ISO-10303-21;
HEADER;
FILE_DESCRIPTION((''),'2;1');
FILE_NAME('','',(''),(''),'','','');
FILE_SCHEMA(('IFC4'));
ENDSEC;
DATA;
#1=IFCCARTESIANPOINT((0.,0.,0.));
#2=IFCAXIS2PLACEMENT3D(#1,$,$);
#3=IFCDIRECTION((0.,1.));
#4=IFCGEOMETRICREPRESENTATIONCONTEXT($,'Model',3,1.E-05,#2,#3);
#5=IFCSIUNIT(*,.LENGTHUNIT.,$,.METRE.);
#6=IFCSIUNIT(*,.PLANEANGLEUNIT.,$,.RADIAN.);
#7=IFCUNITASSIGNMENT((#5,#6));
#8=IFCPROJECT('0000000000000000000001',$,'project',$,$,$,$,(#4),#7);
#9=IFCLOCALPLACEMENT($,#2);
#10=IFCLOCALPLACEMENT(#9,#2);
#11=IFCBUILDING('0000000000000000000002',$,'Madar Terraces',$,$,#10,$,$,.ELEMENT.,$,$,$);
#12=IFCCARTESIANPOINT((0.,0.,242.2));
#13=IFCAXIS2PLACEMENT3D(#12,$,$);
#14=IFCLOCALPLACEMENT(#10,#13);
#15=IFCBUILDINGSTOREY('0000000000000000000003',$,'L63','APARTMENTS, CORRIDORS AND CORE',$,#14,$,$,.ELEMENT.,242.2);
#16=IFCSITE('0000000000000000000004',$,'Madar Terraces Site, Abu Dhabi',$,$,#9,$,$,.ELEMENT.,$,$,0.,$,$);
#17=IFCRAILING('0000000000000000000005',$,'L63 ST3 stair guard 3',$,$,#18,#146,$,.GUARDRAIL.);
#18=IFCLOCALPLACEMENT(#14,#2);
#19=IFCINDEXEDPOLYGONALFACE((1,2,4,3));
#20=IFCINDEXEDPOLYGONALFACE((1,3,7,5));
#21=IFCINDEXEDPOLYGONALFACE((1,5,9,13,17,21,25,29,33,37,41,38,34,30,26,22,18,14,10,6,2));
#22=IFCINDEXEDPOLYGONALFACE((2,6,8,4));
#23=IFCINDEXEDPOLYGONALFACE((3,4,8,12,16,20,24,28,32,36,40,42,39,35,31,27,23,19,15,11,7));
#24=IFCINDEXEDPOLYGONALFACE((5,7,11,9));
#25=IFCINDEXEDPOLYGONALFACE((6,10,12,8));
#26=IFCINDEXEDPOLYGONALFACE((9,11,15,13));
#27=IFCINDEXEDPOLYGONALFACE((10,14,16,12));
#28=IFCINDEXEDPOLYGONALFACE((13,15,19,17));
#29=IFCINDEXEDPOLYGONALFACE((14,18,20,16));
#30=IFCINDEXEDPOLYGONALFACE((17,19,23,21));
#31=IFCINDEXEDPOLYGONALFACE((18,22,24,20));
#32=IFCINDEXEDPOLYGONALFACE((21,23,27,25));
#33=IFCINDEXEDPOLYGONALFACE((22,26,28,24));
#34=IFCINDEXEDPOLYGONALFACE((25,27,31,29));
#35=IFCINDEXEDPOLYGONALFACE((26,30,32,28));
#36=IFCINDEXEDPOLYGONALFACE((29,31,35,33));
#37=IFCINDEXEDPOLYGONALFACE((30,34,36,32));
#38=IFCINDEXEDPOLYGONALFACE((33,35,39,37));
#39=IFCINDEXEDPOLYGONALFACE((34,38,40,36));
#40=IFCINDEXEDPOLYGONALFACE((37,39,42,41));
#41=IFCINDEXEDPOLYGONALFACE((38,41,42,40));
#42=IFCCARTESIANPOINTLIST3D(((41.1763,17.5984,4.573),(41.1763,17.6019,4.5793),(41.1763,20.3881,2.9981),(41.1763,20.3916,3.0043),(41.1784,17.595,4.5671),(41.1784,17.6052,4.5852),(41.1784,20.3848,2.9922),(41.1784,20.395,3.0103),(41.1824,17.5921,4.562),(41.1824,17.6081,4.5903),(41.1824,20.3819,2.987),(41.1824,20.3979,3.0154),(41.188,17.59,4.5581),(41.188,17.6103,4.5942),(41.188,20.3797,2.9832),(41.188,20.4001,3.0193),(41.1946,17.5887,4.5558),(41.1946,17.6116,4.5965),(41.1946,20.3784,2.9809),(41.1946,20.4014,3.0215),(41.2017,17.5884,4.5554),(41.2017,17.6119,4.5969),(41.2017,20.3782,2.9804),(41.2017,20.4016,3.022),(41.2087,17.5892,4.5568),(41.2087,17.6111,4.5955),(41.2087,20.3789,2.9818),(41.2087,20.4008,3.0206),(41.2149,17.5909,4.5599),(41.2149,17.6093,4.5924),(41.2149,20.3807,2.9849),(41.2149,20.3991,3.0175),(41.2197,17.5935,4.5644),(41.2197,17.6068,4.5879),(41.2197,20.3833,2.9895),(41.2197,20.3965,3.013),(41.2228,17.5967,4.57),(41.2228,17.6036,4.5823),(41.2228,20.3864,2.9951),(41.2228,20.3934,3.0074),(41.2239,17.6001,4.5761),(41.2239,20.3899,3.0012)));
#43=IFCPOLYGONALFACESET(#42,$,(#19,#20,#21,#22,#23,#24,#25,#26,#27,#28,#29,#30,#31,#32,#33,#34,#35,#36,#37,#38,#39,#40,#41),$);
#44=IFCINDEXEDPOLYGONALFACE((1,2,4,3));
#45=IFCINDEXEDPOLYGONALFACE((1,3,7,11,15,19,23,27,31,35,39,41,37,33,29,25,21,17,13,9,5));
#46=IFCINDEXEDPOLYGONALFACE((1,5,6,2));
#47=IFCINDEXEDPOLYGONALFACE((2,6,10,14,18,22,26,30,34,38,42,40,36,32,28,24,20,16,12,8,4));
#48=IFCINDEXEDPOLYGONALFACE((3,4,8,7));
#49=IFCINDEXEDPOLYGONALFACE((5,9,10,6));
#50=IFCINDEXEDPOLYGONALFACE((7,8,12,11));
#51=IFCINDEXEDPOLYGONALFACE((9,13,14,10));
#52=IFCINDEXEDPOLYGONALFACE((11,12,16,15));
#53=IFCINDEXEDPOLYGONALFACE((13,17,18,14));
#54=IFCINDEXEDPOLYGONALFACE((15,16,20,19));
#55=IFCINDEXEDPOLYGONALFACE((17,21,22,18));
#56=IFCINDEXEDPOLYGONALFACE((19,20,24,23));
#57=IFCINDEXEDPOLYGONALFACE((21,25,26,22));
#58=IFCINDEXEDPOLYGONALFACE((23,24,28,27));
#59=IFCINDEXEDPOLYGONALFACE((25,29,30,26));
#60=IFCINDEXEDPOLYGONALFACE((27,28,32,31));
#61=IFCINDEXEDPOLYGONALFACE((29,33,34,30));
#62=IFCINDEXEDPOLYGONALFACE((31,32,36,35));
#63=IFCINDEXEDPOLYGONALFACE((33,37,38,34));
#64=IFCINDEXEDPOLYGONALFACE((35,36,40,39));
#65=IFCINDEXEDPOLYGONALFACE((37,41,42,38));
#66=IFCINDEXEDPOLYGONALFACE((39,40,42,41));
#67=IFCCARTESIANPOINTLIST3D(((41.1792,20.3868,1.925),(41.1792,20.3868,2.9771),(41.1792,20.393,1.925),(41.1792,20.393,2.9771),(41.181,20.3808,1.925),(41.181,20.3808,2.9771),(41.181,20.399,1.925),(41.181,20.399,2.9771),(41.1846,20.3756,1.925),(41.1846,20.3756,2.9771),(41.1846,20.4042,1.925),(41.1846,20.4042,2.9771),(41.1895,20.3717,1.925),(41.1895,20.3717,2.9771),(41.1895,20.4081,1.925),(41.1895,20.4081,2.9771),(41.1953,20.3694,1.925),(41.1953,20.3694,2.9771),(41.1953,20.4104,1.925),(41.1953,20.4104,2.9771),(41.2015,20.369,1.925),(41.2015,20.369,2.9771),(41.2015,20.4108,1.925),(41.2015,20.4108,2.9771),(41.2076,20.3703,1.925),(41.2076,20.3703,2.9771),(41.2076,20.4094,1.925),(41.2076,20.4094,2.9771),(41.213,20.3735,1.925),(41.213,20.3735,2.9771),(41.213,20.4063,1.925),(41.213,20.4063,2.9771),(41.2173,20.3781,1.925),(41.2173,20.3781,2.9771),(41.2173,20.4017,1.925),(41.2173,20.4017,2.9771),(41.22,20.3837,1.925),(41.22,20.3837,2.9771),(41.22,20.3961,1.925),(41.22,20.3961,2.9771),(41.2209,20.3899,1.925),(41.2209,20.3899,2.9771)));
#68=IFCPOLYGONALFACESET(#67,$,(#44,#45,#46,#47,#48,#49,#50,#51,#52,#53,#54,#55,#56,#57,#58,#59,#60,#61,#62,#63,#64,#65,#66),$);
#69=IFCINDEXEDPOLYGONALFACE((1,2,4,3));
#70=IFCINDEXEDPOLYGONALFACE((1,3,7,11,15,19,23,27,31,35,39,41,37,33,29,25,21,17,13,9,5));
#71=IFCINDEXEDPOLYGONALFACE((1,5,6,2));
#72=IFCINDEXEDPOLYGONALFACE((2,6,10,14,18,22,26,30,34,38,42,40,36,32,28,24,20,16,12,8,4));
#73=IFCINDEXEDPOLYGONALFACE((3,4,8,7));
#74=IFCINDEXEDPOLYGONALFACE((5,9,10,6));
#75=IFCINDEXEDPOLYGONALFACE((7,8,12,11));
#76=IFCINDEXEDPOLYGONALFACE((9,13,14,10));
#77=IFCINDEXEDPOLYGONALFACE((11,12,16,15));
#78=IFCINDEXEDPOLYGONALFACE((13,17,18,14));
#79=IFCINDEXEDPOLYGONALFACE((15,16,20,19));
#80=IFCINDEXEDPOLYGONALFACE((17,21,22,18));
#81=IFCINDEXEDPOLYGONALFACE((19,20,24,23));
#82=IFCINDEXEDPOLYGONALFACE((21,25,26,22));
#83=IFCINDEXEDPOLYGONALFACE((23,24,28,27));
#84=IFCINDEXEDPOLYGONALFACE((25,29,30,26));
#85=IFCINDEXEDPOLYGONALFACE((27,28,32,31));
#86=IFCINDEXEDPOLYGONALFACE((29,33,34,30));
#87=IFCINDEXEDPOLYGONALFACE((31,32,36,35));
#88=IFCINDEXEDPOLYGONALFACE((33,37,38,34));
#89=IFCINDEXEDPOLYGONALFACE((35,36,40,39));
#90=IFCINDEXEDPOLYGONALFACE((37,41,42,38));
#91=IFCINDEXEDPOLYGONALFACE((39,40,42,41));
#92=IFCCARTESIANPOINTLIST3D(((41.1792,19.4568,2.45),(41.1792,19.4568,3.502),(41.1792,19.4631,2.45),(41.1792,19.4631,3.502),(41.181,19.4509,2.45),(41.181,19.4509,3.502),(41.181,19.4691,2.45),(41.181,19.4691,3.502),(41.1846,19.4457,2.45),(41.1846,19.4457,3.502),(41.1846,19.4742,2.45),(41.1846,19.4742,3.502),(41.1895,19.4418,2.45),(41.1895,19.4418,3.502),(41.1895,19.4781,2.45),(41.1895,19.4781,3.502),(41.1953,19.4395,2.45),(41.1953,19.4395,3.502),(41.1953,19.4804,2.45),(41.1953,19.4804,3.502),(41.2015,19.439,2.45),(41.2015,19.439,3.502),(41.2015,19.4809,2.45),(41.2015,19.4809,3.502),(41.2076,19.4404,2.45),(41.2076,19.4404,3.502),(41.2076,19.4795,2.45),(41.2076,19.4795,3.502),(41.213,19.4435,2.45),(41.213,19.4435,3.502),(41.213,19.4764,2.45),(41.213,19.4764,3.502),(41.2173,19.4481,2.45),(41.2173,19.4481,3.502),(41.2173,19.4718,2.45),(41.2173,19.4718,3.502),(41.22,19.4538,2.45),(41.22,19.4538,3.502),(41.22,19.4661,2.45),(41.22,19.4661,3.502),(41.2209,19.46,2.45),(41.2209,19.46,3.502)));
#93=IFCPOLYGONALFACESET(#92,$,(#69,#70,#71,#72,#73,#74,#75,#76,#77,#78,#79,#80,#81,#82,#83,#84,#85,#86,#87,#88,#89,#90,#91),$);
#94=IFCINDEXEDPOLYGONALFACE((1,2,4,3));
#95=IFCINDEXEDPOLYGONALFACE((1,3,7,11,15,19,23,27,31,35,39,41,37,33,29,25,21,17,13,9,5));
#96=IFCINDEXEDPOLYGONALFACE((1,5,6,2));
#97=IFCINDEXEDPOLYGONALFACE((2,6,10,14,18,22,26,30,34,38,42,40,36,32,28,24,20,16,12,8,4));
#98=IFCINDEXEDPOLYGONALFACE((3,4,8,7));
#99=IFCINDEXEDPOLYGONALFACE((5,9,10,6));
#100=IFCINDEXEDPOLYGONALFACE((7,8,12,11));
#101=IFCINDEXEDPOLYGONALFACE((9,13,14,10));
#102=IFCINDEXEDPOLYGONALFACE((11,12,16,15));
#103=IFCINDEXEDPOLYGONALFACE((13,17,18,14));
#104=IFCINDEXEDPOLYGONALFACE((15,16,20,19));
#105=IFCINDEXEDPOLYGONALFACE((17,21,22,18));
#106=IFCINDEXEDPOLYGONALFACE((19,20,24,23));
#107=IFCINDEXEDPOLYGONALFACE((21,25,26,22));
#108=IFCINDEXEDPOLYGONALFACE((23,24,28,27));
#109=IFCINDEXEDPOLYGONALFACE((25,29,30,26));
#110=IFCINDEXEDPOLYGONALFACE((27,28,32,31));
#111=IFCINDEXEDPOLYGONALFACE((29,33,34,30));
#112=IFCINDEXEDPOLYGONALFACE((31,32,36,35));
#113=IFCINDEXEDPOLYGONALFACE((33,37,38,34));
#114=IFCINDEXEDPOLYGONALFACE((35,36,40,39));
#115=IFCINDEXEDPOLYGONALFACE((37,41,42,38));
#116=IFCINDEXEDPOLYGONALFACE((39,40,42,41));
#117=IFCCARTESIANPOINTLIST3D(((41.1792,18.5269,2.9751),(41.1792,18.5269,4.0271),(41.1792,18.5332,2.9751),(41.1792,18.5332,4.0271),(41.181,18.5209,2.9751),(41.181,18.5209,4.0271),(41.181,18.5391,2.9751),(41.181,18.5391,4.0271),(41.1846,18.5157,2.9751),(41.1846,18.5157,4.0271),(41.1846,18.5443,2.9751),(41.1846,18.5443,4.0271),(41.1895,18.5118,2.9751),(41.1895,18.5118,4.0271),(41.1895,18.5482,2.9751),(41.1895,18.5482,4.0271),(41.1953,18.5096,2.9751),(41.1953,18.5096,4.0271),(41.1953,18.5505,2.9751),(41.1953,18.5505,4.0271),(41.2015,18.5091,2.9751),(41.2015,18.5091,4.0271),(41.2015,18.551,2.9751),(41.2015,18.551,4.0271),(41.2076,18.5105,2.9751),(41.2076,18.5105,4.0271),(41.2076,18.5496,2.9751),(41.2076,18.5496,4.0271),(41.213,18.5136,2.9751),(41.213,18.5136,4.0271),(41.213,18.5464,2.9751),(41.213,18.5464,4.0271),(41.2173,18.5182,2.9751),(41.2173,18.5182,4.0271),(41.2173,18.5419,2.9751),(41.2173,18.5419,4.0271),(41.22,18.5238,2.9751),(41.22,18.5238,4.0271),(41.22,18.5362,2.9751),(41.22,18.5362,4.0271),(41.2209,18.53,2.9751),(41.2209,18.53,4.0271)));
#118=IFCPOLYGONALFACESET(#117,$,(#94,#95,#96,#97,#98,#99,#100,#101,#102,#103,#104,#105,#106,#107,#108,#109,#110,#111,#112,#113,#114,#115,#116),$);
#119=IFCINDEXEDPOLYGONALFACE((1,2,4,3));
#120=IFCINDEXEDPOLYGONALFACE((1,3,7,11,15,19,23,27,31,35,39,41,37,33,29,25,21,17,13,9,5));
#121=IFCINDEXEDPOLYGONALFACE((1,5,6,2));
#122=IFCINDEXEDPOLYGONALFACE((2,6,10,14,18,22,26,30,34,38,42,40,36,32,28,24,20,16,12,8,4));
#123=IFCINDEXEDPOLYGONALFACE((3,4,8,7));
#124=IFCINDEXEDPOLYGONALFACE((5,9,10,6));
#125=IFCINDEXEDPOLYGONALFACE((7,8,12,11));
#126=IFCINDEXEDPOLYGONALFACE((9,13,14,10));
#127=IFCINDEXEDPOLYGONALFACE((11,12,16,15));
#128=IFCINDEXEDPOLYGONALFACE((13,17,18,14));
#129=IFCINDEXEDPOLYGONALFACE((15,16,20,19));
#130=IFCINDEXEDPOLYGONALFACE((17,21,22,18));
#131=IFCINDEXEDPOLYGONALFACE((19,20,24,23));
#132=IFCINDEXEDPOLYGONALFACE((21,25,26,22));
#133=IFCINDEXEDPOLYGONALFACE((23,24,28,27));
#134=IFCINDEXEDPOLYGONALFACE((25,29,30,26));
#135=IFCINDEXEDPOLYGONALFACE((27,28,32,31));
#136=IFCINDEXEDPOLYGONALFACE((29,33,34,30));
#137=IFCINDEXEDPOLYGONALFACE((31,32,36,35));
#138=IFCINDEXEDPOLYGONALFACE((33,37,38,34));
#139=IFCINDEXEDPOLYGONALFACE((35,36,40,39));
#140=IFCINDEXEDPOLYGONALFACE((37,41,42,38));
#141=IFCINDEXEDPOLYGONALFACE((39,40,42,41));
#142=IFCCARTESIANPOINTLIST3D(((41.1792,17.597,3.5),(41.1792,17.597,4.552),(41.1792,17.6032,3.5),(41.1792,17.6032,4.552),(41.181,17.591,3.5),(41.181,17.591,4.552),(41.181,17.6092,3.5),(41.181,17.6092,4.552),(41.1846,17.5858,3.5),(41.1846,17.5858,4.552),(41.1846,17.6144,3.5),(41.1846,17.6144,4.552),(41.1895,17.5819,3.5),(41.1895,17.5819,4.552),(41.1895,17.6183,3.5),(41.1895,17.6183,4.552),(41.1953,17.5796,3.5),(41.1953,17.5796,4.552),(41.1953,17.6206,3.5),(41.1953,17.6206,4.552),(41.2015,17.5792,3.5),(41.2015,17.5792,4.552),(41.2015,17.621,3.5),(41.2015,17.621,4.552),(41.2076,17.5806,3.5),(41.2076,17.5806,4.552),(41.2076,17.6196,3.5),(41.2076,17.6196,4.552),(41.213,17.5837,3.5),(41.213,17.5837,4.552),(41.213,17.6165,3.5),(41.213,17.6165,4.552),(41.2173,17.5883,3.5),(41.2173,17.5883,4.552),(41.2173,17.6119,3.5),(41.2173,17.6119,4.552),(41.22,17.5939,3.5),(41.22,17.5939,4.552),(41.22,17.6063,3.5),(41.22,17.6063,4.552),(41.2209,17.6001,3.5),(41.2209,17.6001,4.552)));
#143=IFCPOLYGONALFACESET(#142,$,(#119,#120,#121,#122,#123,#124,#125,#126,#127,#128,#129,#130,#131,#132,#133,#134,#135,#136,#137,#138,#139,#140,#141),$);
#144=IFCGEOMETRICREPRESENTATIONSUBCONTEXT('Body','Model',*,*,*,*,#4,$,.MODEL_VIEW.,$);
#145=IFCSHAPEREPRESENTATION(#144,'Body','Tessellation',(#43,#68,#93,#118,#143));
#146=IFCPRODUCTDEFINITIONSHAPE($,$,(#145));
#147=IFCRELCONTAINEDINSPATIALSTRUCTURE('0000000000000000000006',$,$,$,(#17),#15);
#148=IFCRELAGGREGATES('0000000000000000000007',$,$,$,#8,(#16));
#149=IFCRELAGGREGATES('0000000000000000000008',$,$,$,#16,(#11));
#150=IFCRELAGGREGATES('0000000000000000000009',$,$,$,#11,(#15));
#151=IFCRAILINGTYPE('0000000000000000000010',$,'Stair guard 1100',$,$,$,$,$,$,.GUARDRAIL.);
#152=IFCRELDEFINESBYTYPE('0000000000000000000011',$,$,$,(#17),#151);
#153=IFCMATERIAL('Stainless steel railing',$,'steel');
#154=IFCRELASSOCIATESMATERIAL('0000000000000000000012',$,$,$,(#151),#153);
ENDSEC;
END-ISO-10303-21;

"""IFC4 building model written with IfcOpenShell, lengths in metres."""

from ifc_helpers import new_model, si_unit, direction, frame, origin, origin_2d, place, context, subcontext, project, spatial, circle, extrude, material, type_object, element, save


model = new_model("IFC4")

# Units and contexts
model_context = context("Model", 3, precision=1e-05, world=origin(), true_north=direction((0.0, 1.0)))
body_context = subcontext(model_context, "Body", "Model", "MODEL_VIEW")
ifc_project = project(units=[si_unit("LENGTHUNIT", "METRE"), si_unit("PLANEANGLEUNIT", "RADIAN")], contexts=[model_context])

# Site, building, storey
site_placement = place(None, origin())
site = spatial("IfcSite", under=ifc_project, at=site_placement, Name="Madar Terraces Site, Abu Dhabi", CompositionType="ELEMENT", RefElevation=0.0)
building_placement = place(site_placement, origin())
building = spatial("IfcBuilding", under=site, at=building_placement, Name="Madar Terraces", CompositionType="ELEMENT")
storey_placement = place(building_placement, frame((0.0, 0.0, 242.2)))
storey = spatial("IfcBuildingStorey", under=building, at=storey_placement, Name="L63", Description="APARTMENTS, CORRIDORS AND CORE", CompositionType="ELEMENT", Elevation=242.2)

# Railing
ifc_material_1 = material(Name="Stainless steel railing", Category="steel")
railing_type_1 = type_object("IfcRailingType", Name="Stair guard 1100", PredefinedType="GUARDRAIL", material=ifc_material_1)
railing_1_placement = place(storey_placement, frame((41.2, 20.3899, 1.925)))
element("IfcRailing", 1, at=railing_1_placement, inside=storey, type_object=railing_type_1, Name="L63 ST3 stair guard 3", PredefinedType="GUARDRAIL", context=body_context, shape_type="SweptSolid", body=[
    extrude(circle(Radius=0.0239, at=origin_2d()), frame((0.0, 0.0, 1.0762), z_axis=(0.0, -0.870815, 0.49161), x_axis=(1.0, 0.0, 0.0)), (0.0, 0.0, 1.0), 3.2036),
    extrude(circle(Radius=0.021, at=origin_2d()), origin(), (0.0, 0.0, 1.0), 1.052),
    extrude(circle(Radius=0.021, at=origin_2d()), frame((0.0, -0.9299, 0.5249)), (0.0, 0.0, 1.0), 1.052),
    extrude(circle(Radius=0.021, at=origin_2d()), frame((0.0, -1.8599, 1.05)), (0.0, 0.0, 1.0), 1.052),
    extrude(circle(Radius=0.021, at=origin_2d()), frame((0.0, -2.7898, 1.575)), (0.0, 0.0, 1.0), 1.052),
])

save(model, "model.ifc")
